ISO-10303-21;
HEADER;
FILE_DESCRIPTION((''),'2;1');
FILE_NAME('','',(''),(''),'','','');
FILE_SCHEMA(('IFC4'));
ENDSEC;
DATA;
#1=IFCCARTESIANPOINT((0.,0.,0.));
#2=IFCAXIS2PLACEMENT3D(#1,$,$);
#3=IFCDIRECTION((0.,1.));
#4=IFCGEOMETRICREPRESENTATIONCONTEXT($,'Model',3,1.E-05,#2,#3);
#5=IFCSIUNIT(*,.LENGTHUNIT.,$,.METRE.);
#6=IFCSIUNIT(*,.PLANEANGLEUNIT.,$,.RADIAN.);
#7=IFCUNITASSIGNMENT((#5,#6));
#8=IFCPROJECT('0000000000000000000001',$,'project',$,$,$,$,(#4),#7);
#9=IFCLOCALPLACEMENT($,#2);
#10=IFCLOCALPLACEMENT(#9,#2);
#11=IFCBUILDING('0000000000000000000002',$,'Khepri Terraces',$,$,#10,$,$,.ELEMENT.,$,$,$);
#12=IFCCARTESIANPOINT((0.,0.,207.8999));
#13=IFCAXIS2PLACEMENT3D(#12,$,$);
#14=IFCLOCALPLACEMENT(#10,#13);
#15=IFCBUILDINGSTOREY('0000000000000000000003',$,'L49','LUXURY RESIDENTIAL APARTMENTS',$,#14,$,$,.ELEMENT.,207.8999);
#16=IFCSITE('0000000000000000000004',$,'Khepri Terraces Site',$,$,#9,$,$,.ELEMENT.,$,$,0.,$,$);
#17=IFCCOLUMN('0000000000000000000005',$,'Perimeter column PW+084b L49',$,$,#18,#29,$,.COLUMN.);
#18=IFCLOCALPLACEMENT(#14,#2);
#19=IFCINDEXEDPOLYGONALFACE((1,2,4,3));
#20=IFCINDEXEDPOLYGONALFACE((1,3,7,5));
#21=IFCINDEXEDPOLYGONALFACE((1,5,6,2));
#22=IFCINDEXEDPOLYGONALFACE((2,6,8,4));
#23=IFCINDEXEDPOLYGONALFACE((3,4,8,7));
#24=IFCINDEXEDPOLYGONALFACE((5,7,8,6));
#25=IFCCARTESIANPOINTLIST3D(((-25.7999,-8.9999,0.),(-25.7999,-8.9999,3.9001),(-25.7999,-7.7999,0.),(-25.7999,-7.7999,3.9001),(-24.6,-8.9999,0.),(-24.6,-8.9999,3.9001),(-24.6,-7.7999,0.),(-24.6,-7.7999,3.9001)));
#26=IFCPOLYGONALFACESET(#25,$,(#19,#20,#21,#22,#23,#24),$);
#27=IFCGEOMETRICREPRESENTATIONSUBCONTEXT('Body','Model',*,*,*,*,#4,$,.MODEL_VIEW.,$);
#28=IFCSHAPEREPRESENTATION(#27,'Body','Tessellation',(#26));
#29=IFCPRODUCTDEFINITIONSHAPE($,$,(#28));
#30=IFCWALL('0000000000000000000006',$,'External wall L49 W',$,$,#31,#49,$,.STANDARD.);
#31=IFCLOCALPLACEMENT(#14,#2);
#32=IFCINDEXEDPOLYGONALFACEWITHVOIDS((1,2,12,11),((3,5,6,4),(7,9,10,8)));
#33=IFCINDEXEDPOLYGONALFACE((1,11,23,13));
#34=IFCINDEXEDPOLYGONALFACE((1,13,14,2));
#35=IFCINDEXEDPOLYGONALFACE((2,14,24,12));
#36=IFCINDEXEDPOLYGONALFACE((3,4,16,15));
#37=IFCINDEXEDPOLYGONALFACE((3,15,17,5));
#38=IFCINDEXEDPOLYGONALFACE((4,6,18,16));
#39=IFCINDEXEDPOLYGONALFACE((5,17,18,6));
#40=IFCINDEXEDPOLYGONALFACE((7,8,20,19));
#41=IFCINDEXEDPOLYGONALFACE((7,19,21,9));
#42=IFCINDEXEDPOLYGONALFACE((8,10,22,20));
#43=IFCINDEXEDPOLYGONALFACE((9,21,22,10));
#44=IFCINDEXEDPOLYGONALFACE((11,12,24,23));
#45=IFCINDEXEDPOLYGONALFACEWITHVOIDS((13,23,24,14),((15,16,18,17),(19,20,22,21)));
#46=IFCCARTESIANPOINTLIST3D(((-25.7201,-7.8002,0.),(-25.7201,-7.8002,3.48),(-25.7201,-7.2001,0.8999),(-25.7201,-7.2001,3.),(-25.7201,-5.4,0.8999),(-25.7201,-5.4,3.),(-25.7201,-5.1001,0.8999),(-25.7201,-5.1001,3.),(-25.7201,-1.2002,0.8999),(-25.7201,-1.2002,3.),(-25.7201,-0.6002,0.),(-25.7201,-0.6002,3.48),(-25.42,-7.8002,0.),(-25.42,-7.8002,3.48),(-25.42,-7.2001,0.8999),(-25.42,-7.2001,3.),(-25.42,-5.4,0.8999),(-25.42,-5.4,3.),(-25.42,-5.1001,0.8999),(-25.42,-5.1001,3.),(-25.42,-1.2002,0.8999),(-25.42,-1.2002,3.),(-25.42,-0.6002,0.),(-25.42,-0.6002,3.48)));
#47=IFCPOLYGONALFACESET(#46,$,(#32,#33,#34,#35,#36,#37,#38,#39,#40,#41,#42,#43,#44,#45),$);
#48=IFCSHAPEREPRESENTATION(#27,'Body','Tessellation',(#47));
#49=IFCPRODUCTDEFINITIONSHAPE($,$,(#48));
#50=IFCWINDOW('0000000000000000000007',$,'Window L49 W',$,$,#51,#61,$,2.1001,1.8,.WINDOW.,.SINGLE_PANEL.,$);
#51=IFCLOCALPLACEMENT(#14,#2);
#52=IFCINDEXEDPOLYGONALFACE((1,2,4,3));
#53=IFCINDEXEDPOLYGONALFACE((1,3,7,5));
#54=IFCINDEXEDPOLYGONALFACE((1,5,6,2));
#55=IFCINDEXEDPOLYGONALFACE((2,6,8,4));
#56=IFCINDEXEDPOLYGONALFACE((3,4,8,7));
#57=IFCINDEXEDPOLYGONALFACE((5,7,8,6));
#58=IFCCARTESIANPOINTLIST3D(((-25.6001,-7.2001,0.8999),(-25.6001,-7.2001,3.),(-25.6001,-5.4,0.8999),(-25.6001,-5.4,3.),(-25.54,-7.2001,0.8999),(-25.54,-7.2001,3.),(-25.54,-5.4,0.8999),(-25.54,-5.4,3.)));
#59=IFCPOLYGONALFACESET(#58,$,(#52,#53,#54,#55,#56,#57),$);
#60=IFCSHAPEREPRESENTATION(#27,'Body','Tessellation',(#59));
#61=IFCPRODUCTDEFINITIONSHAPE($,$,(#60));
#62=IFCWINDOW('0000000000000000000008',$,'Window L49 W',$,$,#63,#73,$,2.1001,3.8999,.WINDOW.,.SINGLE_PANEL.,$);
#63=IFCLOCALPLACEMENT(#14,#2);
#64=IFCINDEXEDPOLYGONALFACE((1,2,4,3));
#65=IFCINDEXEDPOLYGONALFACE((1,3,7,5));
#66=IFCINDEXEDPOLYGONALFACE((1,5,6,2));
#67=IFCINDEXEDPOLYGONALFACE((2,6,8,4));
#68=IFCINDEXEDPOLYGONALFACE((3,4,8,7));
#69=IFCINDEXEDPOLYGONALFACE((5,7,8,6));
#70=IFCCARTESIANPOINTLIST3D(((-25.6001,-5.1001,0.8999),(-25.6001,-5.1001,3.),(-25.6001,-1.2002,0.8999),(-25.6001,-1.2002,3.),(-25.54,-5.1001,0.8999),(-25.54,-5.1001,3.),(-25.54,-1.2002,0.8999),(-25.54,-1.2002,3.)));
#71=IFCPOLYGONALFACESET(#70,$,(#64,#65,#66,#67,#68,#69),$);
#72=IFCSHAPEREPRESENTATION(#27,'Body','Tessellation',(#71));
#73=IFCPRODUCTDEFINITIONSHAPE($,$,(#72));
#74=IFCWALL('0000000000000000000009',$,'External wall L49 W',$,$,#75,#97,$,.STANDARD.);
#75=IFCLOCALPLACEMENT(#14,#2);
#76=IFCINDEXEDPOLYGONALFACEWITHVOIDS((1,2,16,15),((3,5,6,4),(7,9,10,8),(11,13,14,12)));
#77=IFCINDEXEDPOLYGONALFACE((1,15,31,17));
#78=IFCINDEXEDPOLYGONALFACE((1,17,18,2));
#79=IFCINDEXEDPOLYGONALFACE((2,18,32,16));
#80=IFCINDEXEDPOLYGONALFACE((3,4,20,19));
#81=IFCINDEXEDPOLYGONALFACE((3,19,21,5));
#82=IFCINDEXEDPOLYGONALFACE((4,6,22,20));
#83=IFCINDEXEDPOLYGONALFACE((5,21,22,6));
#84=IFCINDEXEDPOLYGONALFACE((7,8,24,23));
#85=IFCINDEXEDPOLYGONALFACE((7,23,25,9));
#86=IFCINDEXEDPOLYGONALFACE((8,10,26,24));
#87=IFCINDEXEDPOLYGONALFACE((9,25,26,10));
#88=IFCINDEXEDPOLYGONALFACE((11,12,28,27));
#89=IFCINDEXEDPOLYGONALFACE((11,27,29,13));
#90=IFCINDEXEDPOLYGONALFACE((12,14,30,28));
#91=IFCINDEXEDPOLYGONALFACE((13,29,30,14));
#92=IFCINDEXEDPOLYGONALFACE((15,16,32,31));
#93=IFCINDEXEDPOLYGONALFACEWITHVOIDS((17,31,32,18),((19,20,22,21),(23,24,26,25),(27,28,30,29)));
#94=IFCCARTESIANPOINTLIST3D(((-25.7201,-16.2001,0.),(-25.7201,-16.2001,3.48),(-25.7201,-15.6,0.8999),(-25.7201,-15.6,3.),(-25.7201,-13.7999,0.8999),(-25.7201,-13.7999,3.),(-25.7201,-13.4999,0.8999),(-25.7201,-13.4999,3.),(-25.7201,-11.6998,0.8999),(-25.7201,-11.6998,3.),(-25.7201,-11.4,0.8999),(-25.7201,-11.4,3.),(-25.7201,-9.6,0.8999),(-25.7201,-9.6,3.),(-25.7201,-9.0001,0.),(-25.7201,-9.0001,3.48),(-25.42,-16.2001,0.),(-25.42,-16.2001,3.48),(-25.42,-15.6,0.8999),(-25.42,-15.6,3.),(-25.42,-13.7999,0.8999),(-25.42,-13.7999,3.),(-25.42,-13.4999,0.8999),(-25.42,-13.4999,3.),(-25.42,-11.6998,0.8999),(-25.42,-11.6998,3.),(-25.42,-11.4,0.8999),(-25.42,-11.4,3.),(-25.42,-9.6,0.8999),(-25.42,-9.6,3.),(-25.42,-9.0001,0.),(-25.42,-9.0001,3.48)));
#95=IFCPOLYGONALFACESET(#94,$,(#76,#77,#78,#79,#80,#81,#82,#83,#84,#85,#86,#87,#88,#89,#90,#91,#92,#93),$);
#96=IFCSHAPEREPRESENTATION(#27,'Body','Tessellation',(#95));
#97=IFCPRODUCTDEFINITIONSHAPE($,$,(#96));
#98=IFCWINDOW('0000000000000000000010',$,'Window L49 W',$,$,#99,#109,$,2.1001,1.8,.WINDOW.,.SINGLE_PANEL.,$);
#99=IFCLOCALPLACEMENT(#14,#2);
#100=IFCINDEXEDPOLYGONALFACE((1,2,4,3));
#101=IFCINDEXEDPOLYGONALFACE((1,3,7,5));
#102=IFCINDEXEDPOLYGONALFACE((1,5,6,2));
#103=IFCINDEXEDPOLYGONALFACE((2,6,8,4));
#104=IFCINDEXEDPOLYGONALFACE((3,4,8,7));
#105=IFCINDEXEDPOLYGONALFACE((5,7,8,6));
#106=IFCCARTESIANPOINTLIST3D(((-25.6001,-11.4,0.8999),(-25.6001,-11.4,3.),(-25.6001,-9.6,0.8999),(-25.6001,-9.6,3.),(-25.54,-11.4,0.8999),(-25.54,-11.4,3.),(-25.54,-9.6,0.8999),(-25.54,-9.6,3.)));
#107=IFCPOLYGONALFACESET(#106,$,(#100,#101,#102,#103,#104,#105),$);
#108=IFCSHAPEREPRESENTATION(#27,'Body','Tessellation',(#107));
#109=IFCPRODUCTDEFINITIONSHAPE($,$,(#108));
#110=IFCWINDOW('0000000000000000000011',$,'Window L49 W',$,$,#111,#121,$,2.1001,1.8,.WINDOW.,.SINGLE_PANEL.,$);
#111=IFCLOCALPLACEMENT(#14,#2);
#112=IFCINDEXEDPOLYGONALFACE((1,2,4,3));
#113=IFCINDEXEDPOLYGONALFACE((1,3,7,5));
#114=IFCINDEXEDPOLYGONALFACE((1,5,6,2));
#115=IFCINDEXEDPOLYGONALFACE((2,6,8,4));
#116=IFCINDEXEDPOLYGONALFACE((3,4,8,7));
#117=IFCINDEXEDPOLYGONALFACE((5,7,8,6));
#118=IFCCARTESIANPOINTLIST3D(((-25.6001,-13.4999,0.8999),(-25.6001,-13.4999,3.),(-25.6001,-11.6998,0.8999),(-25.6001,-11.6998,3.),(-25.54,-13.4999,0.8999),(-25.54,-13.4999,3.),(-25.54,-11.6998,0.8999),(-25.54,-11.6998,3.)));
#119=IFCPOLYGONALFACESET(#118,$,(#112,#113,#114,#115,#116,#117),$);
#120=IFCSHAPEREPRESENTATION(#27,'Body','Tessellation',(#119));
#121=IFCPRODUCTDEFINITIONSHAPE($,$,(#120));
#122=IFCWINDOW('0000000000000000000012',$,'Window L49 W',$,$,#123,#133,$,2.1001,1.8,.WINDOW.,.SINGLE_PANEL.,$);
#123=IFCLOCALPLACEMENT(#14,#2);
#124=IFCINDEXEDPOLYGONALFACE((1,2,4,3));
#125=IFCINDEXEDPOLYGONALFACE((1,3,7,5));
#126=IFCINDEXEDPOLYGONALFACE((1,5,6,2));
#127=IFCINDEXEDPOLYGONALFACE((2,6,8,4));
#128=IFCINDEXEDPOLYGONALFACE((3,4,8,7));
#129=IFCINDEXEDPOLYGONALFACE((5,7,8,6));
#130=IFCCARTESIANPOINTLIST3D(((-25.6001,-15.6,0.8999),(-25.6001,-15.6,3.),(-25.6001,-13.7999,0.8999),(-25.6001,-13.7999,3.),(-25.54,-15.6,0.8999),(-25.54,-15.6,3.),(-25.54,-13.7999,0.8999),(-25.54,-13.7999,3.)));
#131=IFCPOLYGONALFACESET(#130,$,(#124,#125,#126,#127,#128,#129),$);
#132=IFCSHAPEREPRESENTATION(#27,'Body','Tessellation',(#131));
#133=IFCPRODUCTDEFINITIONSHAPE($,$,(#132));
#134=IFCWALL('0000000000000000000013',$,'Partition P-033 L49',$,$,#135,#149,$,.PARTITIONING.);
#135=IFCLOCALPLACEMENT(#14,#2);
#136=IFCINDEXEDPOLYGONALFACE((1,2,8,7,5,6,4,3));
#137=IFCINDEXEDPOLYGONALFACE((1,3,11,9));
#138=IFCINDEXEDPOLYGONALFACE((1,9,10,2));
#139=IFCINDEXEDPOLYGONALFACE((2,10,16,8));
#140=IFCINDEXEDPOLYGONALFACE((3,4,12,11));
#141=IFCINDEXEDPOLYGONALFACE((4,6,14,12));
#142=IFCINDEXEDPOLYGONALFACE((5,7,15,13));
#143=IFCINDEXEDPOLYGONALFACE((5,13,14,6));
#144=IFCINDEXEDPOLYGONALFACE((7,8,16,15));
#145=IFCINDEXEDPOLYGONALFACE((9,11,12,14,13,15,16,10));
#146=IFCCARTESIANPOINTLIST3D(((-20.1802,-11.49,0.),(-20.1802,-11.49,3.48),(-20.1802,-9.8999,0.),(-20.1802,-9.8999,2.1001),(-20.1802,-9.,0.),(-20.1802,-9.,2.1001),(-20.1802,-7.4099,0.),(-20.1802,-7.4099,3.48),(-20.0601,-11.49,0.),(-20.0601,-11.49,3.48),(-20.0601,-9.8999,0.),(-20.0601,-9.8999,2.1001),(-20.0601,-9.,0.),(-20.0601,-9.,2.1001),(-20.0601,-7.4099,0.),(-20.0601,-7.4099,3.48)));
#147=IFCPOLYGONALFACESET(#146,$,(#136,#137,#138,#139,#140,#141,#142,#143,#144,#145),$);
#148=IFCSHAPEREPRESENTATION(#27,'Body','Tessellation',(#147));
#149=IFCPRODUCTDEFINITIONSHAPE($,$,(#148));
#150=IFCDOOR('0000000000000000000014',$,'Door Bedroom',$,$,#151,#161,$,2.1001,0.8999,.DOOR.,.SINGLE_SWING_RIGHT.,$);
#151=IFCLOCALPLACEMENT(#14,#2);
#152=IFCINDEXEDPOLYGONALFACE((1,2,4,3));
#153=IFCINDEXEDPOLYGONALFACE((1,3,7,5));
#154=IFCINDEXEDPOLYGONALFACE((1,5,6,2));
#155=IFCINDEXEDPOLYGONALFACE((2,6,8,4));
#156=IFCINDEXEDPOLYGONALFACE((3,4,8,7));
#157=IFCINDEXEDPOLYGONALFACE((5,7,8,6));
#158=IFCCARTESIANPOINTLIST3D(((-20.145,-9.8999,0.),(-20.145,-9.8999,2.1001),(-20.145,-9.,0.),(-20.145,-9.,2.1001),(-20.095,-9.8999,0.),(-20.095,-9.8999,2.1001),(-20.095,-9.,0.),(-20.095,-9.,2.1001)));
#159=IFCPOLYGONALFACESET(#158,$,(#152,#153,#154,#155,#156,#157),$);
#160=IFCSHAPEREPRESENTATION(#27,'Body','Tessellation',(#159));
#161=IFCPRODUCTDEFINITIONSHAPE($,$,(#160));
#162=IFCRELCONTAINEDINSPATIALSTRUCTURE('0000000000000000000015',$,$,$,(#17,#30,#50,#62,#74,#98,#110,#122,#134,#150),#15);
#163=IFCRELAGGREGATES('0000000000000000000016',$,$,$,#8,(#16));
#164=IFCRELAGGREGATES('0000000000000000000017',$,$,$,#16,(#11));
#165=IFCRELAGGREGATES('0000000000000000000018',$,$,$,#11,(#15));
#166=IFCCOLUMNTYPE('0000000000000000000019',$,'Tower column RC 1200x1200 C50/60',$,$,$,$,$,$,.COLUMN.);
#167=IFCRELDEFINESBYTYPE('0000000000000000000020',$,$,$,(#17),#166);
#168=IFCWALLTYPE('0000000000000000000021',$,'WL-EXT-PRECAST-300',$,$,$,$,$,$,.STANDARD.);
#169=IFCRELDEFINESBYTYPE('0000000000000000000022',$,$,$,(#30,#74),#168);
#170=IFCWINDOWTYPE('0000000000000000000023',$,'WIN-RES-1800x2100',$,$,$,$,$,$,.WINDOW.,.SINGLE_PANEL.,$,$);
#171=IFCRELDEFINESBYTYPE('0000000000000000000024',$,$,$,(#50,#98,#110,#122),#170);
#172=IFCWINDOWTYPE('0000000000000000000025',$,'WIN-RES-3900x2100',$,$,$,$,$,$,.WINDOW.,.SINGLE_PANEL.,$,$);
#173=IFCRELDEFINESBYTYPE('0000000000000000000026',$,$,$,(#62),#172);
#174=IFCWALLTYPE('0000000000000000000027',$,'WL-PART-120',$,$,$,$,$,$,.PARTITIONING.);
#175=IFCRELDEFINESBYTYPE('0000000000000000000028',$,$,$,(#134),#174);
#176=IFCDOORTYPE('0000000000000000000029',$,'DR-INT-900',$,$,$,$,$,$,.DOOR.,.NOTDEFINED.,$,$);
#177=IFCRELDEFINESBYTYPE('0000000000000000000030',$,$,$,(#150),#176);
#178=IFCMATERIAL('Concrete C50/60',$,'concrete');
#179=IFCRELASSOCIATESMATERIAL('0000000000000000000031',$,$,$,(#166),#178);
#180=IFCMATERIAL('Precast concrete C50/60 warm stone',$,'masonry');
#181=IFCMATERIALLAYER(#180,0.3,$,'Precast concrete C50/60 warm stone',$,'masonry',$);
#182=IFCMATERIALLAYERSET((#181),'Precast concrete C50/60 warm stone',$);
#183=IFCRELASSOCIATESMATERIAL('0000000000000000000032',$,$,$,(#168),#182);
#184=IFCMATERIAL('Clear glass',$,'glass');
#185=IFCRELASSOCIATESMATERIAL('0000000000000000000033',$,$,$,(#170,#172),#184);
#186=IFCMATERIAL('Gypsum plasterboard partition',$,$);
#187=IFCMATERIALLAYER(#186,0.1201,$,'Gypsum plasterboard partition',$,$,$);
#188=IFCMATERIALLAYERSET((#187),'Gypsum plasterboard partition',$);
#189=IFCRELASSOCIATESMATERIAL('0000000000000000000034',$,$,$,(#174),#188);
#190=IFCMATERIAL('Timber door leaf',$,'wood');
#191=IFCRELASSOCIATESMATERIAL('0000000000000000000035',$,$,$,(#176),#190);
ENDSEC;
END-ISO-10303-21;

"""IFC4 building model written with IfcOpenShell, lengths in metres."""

from ifc_helpers import new_model, si_unit, direction, frame, frame_2d, origin, origin_2d, place, context, subcontext, project, spatial, rectangle, extrude, material, layer, layer_set, material_profile, profile_set, type_object, element, fill, save


model = new_model("IFC4")

# Units and contexts
model_context = context("Model", 3, precision=1e-05, world=origin(), true_north=direction((0.0, 1.0)))
body_context = subcontext(model_context, "Body", "Model", "MODEL_VIEW")
ifc_project = project(units=[si_unit("LENGTHUNIT", "METRE"), si_unit("PLANEANGLEUNIT", "RADIAN")], contexts=[model_context])

# Site, building, storey
site_placement = place(None, origin())
site = spatial("IfcSite", under=ifc_project, at=site_placement, Name="Khepri Terraces Site", CompositionType="ELEMENT", RefElevation=0.0)
building_placement = place(site_placement, origin())
building = spatial("IfcBuilding", under=site, at=building_placement, Name="Khepri Terraces", CompositionType="ELEMENT")
storey_placement = place(building_placement, frame((0.0, 0.0, 207.8999)))
storey = spatial("IfcBuildingStorey", under=building, at=storey_placement, Name="L49", Description="LUXURY RESIDENTIAL APARTMENTS", CompositionType="ELEMENT", Elevation=207.8999)

# Column
ifc_material_1 = material(Name="Concrete C50/60", Category="concrete")
ifc_material_profile = material_profile(ifc_material_1, rectangle(XDim=1.2, YDim=1.2, at=origin_2d()), Name="Concrete C50/60", Category="concrete")
ifc_profile_set = profile_set([ifc_material_profile], Name="Concrete C50/60")
column_type = type_object("IfcColumnType", Name="Tower column RC 1200x1200 C50/60", PredefinedType="COLUMN", material=ifc_profile_set)
column_placement = place(storey_placement, frame((-25.2, -8.3999, 0.0), z_axis=(0.0, 0.0, 1.0), x_axis=(1.0, 0.0, 0.0)))
element("IfcColumn", 1, at=column_placement, inside=storey, type_object=column_type, Name="Perimeter column PW+084b L49", PredefinedType="COLUMN", context=body_context, shape_type="SweptSolid", body=[
    extrude(rectangle(XDim=1.2, YDim=1.2, at=origin_2d()), origin(), (0.0, 0.0, 1.0), 3.9001),
])

# Walls, openings, windows
ifc_material_2 = material(Name="Precast concrete C50/60 warm stone", Category="masonry")
ifc_layer_1 = layer(ifc_material_2, 0.3, Name="Precast concrete C50/60 warm stone", Category="masonry")
ifc_layer_set_1 = layer_set([ifc_layer_1], Name="Precast concrete C50/60 warm stone")
wall_type_1 = type_object("IfcWallType", Name="WL-EXT-PRECAST-300", PredefinedType="STANDARD", material=ifc_layer_set_1)
wall_1_placement = place(storey_placement, frame((-25.5701, -0.6001, 0.0), z_axis=(0.0, 0.0, 1.0), x_axis=(0.0, -1.0, 0.0)))
wall_1 = element("IfcWall", 2, at=wall_1_placement, inside=storey, type_object=wall_type_1, Name="External wall L49 W", PredefinedType="STANDARD", context=body_context, shape_type="SweptSolid", body=[
    extrude(rectangle(XDim=7.2, YDim=0.3, at=frame_2d((3.6001, 0.0))), origin(), (0.0, 0.0, 1.0), 3.48),
])
opening_1_placement = place(wall_1_placement, frame((0.6001, 0.0, 0.8999)))
opening_1 = element("IfcOpeningElement", 3, at=opening_1_placement, cuts=wall_1, PredefinedType="OPENING", context=body_context, shape_type="SweptSolid", body=[
    extrude(rectangle(XDim=3.8999, YDim=2.1001, at=frame_2d((1.95, 1.05))), frame((0.0, 0.1602, 0.0), z_axis=(0.0, -1.0, 0.0), x_axis=(1.0, 0.0, 0.0)), (0.0, 0.0, 1.0), 0.3201),
])
opening_2_placement = place(wall_1_placement, frame((4.8, 0.0, 0.8999)))
opening_2 = element("IfcOpeningElement", 4, at=opening_2_placement, cuts=wall_1, PredefinedType="OPENING", context=body_context, shape_type="SweptSolid", body=[
    extrude(rectangle(XDim=1.8, YDim=2.1001, at=frame_2d((0.8999, 1.05))), frame((0.0, 0.1602, 0.0), z_axis=(0.0, -1.0, 0.0), x_axis=(1.0, 0.0, 0.0)), (0.0, 0.0, 1.0), 0.3201),
])
ifc_material_3 = material(Name="Clear glass", Category="glass")
window_type_1 = type_object("IfcWindowType", Name="WIN-RES-1800x2100", PartitioningType="SINGLE_PANEL", PredefinedType="WINDOW", material=ifc_material_3)
window_1_placement = place(opening_2_placement, origin())
window_1 = element("IfcWindow", 5, at=window_1_placement, inside=storey, type_object=window_type_1, Name="Window L49 W", OverallHeight=2.1001, OverallWidth=1.8, PartitioningType="SINGLE_PANEL", PredefinedType="WINDOW", context=body_context, shape_type="SweptSolid", body=[
    extrude(rectangle(XDim=1.8, YDim=2.1001, at=frame_2d((0.8999, 1.05))), frame((0.0, 0.03, 0.0), z_axis=(0.0, -1.0, 0.0), x_axis=(1.0, 0.0, 0.0)), (0.0, 0.0, 1.0), 0.0601),
])
fill(opening_2, window_1)
window_type_2 = type_object("IfcWindowType", Name="WIN-RES-3900x2100", PartitioningType="SINGLE_PANEL", PredefinedType="WINDOW", material=ifc_material_3)
window_2_placement = place(opening_1_placement, origin())
window_2 = element("IfcWindow", 6, at=window_2_placement, inside=storey, type_object=window_type_2, Name="Window L49 W", OverallHeight=2.1001, OverallWidth=3.8999, PartitioningType="SINGLE_PANEL", PredefinedType="WINDOW", context=body_context, shape_type="SweptSolid", body=[
    extrude(rectangle(XDim=3.8999, YDim=2.1001, at=frame_2d((1.95, 1.05))), frame((0.0, 0.03, 0.0), z_axis=(0.0, -1.0, 0.0), x_axis=(1.0, 0.0, 0.0)), (0.0, 0.0, 1.0), 0.0601),
])
fill(opening_1, window_2)
wall_2_placement = place(storey_placement, frame((-25.5701, -9.0, 0.0), z_axis=(0.0, 0.0, 1.0), x_axis=(0.0, -1.0, 0.0)))
wall_2 = element("IfcWall", 7, at=wall_2_placement, inside=storey, type_object=wall_type_1, Name="External wall L49 W", PredefinedType="STANDARD", context=body_context, shape_type="SweptSolid", body=[
    extrude(rectangle(XDim=7.2, YDim=0.3, at=frame_2d((3.6001, 0.0))), origin(), (0.0, 0.0, 1.0), 3.48),
])
opening_3_placement = place(wall_2_placement, frame((0.6001, 0.0, 0.8999)))
opening_3 = element("IfcOpeningElement", 8, at=opening_3_placement, cuts=wall_2, PredefinedType="OPENING", context=body_context, shape_type="SweptSolid", body=[
    extrude(rectangle(XDim=1.8, YDim=2.1001, at=frame_2d((0.8999, 1.05))), frame((0.0, 0.1602, 0.0), z_axis=(0.0, -1.0, 0.0), x_axis=(1.0, 0.0, 0.0)), (0.0, 0.0, 1.0), 0.3201),
])
opening_4_placement = place(wall_2_placement, frame((2.7, 0.0, 0.8999)))
opening_4 = element("IfcOpeningElement", 9, at=opening_4_placement, cuts=wall_2, PredefinedType="OPENING", context=body_context, shape_type="SweptSolid", body=[
    extrude(rectangle(XDim=1.8, YDim=2.1001, at=frame_2d((0.8999, 1.05))), frame((0.0, 0.1602, 0.0), z_axis=(0.0, -1.0, 0.0), x_axis=(1.0, 0.0, 0.0)), (0.0, 0.0, 1.0), 0.3201),
])
opening_5_placement = place(wall_2_placement, frame((4.8, 0.0, 0.8999)))
opening_5 = element("IfcOpeningElement", 10, at=opening_5_placement, cuts=wall_2, PredefinedType="OPENING", context=body_context, shape_type="SweptSolid", body=[
    extrude(rectangle(XDim=1.8, YDim=2.1001, at=frame_2d((0.8999, 1.05))), frame((0.0, 0.1602, 0.0), z_axis=(0.0, -1.0, 0.0), x_axis=(1.0, 0.0, 0.0)), (0.0, 0.0, 1.0), 0.3201),
])
window_3_placement = place(opening_3_placement, origin())
window_3 = element("IfcWindow", 11, at=window_3_placement, inside=storey, type_object=window_type_1, Name="Window L49 W", OverallHeight=2.1001, OverallWidth=1.8, PartitioningType="SINGLE_PANEL", PredefinedType="WINDOW", context=body_context, shape_type="SweptSolid", body=[
    extrude(rectangle(XDim=1.8, YDim=2.1001, at=frame_2d((0.8999, 1.05))), frame((0.0, 0.03, 0.0), z_axis=(0.0, -1.0, 0.0), x_axis=(1.0, 0.0, 0.0)), (0.0, 0.0, 1.0), 0.0601),
])
fill(opening_3, window_3)
window_4_placement = place(opening_4_placement, origin())
window_4 = element("IfcWindow", 12, at=window_4_placement, inside=storey, type_object=window_type_1, Name="Window L49 W", OverallHeight=2.1001, OverallWidth=1.8, PartitioningType="SINGLE_PANEL", PredefinedType="WINDOW", context=body_context, shape_type="SweptSolid", body=[
    extrude(rectangle(XDim=1.8, YDim=2.1001, at=frame_2d((0.8999, 1.05))), frame((0.0, 0.03, 0.0), z_axis=(0.0, -1.0, 0.0), x_axis=(1.0, 0.0, 0.0)), (0.0, 0.0, 1.0), 0.0601),
])
fill(opening_4, window_4)
window_5_placement = place(opening_5_placement, origin())
window_5 = element("IfcWindow", 13, at=window_5_placement, inside=storey, type_object=window_type_1, Name="Window L49 W", OverallHeight=2.1001, OverallWidth=1.8, PartitioningType="SINGLE_PANEL", PredefinedType="WINDOW", context=body_context, shape_type="SweptSolid", body=[
    extrude(rectangle(XDim=1.8, YDim=2.1001, at=frame_2d((0.8999, 1.05))), frame((0.0, 0.03, 0.0), z_axis=(0.0, -1.0, 0.0), x_axis=(1.0, 0.0, 0.0)), (0.0, 0.0, 1.0), 0.0601),
])
fill(opening_5, window_5)

# Wall, opening, door
ifc_material_4 = material(Name="Gypsum plasterboard partition")
ifc_layer_2 = layer(ifc_material_4, 0.1201, Name="Gypsum plasterboard partition")
ifc_layer_set_2 = layer_set([ifc_layer_2], Name="Gypsum plasterboard partition")
wall_type_2 = type_object("IfcWallType", Name="WL-PART-120", PredefinedType="PARTITIONING", material=ifc_layer_set_2)
wall_3_placement = place(storey_placement, frame((-20.1201, -11.49, 0.0), z_axis=(0.0, 0.0, 1.0), x_axis=(0.0, 1.0, 0.0)))
wall_3 = element("IfcWall", 14, at=wall_3_placement, inside=storey, type_object=wall_type_2, Name="Partition P-033 L49", PredefinedType="PARTITIONING", context=body_context, shape_type="SweptSolid", body=[
    extrude(rectangle(XDim=4.0801, YDim=0.1201, at=frame_2d((2.04, 0.0))), origin(), (0.0, 0.0, 1.0), 3.48),
])
opening_6_placement = place(wall_3_placement, frame((1.5901, 0.0, 0.0)))
opening_6 = element("IfcOpeningElement", 15, at=opening_6_placement, cuts=wall_3, PredefinedType="OPENING", context=body_context, shape_type="SweptSolid", body=[
    extrude(rectangle(XDim=0.8999, YDim=2.1001, at=frame_2d((0.45, 1.05))), frame((0.0, 0.0701, 0.0), z_axis=(0.0, -1.0, 0.0), x_axis=(1.0, 0.0, 0.0)), (0.0, 0.0, 1.0), 0.1401),
])
ifc_material_5 = material(Name="Timber door leaf", Category="wood")
door_type_1 = type_object("IfcDoorType", Name="DR-INT-900", OperationType="NOTDEFINED", PredefinedType="DOOR", material=ifc_material_5)
door_1_placement = place(opening_6_placement, origin())
door_1 = element("IfcDoor", 16, at=door_1_placement, inside=storey, type_object=door_type_1, Name="Door Bedroom", OperationType="SINGLE_SWING_RIGHT", OverallHeight=2.1001, OverallWidth=0.8999, PredefinedType="DOOR", context=body_context, shape_type="SweptSolid", body=[
    extrude(rectangle(XDim=0.8999, YDim=2.1001, at=frame_2d((0.45, 1.05))), frame((0.0, 0.0249, 0.0), z_axis=(0.0, -1.0, 0.0), x_axis=(1.0, 0.0, 0.0)), (0.0, 0.0, 1.0), 0.05),
])
fill(opening_6, door_1)

save(model, "model.ifc")
